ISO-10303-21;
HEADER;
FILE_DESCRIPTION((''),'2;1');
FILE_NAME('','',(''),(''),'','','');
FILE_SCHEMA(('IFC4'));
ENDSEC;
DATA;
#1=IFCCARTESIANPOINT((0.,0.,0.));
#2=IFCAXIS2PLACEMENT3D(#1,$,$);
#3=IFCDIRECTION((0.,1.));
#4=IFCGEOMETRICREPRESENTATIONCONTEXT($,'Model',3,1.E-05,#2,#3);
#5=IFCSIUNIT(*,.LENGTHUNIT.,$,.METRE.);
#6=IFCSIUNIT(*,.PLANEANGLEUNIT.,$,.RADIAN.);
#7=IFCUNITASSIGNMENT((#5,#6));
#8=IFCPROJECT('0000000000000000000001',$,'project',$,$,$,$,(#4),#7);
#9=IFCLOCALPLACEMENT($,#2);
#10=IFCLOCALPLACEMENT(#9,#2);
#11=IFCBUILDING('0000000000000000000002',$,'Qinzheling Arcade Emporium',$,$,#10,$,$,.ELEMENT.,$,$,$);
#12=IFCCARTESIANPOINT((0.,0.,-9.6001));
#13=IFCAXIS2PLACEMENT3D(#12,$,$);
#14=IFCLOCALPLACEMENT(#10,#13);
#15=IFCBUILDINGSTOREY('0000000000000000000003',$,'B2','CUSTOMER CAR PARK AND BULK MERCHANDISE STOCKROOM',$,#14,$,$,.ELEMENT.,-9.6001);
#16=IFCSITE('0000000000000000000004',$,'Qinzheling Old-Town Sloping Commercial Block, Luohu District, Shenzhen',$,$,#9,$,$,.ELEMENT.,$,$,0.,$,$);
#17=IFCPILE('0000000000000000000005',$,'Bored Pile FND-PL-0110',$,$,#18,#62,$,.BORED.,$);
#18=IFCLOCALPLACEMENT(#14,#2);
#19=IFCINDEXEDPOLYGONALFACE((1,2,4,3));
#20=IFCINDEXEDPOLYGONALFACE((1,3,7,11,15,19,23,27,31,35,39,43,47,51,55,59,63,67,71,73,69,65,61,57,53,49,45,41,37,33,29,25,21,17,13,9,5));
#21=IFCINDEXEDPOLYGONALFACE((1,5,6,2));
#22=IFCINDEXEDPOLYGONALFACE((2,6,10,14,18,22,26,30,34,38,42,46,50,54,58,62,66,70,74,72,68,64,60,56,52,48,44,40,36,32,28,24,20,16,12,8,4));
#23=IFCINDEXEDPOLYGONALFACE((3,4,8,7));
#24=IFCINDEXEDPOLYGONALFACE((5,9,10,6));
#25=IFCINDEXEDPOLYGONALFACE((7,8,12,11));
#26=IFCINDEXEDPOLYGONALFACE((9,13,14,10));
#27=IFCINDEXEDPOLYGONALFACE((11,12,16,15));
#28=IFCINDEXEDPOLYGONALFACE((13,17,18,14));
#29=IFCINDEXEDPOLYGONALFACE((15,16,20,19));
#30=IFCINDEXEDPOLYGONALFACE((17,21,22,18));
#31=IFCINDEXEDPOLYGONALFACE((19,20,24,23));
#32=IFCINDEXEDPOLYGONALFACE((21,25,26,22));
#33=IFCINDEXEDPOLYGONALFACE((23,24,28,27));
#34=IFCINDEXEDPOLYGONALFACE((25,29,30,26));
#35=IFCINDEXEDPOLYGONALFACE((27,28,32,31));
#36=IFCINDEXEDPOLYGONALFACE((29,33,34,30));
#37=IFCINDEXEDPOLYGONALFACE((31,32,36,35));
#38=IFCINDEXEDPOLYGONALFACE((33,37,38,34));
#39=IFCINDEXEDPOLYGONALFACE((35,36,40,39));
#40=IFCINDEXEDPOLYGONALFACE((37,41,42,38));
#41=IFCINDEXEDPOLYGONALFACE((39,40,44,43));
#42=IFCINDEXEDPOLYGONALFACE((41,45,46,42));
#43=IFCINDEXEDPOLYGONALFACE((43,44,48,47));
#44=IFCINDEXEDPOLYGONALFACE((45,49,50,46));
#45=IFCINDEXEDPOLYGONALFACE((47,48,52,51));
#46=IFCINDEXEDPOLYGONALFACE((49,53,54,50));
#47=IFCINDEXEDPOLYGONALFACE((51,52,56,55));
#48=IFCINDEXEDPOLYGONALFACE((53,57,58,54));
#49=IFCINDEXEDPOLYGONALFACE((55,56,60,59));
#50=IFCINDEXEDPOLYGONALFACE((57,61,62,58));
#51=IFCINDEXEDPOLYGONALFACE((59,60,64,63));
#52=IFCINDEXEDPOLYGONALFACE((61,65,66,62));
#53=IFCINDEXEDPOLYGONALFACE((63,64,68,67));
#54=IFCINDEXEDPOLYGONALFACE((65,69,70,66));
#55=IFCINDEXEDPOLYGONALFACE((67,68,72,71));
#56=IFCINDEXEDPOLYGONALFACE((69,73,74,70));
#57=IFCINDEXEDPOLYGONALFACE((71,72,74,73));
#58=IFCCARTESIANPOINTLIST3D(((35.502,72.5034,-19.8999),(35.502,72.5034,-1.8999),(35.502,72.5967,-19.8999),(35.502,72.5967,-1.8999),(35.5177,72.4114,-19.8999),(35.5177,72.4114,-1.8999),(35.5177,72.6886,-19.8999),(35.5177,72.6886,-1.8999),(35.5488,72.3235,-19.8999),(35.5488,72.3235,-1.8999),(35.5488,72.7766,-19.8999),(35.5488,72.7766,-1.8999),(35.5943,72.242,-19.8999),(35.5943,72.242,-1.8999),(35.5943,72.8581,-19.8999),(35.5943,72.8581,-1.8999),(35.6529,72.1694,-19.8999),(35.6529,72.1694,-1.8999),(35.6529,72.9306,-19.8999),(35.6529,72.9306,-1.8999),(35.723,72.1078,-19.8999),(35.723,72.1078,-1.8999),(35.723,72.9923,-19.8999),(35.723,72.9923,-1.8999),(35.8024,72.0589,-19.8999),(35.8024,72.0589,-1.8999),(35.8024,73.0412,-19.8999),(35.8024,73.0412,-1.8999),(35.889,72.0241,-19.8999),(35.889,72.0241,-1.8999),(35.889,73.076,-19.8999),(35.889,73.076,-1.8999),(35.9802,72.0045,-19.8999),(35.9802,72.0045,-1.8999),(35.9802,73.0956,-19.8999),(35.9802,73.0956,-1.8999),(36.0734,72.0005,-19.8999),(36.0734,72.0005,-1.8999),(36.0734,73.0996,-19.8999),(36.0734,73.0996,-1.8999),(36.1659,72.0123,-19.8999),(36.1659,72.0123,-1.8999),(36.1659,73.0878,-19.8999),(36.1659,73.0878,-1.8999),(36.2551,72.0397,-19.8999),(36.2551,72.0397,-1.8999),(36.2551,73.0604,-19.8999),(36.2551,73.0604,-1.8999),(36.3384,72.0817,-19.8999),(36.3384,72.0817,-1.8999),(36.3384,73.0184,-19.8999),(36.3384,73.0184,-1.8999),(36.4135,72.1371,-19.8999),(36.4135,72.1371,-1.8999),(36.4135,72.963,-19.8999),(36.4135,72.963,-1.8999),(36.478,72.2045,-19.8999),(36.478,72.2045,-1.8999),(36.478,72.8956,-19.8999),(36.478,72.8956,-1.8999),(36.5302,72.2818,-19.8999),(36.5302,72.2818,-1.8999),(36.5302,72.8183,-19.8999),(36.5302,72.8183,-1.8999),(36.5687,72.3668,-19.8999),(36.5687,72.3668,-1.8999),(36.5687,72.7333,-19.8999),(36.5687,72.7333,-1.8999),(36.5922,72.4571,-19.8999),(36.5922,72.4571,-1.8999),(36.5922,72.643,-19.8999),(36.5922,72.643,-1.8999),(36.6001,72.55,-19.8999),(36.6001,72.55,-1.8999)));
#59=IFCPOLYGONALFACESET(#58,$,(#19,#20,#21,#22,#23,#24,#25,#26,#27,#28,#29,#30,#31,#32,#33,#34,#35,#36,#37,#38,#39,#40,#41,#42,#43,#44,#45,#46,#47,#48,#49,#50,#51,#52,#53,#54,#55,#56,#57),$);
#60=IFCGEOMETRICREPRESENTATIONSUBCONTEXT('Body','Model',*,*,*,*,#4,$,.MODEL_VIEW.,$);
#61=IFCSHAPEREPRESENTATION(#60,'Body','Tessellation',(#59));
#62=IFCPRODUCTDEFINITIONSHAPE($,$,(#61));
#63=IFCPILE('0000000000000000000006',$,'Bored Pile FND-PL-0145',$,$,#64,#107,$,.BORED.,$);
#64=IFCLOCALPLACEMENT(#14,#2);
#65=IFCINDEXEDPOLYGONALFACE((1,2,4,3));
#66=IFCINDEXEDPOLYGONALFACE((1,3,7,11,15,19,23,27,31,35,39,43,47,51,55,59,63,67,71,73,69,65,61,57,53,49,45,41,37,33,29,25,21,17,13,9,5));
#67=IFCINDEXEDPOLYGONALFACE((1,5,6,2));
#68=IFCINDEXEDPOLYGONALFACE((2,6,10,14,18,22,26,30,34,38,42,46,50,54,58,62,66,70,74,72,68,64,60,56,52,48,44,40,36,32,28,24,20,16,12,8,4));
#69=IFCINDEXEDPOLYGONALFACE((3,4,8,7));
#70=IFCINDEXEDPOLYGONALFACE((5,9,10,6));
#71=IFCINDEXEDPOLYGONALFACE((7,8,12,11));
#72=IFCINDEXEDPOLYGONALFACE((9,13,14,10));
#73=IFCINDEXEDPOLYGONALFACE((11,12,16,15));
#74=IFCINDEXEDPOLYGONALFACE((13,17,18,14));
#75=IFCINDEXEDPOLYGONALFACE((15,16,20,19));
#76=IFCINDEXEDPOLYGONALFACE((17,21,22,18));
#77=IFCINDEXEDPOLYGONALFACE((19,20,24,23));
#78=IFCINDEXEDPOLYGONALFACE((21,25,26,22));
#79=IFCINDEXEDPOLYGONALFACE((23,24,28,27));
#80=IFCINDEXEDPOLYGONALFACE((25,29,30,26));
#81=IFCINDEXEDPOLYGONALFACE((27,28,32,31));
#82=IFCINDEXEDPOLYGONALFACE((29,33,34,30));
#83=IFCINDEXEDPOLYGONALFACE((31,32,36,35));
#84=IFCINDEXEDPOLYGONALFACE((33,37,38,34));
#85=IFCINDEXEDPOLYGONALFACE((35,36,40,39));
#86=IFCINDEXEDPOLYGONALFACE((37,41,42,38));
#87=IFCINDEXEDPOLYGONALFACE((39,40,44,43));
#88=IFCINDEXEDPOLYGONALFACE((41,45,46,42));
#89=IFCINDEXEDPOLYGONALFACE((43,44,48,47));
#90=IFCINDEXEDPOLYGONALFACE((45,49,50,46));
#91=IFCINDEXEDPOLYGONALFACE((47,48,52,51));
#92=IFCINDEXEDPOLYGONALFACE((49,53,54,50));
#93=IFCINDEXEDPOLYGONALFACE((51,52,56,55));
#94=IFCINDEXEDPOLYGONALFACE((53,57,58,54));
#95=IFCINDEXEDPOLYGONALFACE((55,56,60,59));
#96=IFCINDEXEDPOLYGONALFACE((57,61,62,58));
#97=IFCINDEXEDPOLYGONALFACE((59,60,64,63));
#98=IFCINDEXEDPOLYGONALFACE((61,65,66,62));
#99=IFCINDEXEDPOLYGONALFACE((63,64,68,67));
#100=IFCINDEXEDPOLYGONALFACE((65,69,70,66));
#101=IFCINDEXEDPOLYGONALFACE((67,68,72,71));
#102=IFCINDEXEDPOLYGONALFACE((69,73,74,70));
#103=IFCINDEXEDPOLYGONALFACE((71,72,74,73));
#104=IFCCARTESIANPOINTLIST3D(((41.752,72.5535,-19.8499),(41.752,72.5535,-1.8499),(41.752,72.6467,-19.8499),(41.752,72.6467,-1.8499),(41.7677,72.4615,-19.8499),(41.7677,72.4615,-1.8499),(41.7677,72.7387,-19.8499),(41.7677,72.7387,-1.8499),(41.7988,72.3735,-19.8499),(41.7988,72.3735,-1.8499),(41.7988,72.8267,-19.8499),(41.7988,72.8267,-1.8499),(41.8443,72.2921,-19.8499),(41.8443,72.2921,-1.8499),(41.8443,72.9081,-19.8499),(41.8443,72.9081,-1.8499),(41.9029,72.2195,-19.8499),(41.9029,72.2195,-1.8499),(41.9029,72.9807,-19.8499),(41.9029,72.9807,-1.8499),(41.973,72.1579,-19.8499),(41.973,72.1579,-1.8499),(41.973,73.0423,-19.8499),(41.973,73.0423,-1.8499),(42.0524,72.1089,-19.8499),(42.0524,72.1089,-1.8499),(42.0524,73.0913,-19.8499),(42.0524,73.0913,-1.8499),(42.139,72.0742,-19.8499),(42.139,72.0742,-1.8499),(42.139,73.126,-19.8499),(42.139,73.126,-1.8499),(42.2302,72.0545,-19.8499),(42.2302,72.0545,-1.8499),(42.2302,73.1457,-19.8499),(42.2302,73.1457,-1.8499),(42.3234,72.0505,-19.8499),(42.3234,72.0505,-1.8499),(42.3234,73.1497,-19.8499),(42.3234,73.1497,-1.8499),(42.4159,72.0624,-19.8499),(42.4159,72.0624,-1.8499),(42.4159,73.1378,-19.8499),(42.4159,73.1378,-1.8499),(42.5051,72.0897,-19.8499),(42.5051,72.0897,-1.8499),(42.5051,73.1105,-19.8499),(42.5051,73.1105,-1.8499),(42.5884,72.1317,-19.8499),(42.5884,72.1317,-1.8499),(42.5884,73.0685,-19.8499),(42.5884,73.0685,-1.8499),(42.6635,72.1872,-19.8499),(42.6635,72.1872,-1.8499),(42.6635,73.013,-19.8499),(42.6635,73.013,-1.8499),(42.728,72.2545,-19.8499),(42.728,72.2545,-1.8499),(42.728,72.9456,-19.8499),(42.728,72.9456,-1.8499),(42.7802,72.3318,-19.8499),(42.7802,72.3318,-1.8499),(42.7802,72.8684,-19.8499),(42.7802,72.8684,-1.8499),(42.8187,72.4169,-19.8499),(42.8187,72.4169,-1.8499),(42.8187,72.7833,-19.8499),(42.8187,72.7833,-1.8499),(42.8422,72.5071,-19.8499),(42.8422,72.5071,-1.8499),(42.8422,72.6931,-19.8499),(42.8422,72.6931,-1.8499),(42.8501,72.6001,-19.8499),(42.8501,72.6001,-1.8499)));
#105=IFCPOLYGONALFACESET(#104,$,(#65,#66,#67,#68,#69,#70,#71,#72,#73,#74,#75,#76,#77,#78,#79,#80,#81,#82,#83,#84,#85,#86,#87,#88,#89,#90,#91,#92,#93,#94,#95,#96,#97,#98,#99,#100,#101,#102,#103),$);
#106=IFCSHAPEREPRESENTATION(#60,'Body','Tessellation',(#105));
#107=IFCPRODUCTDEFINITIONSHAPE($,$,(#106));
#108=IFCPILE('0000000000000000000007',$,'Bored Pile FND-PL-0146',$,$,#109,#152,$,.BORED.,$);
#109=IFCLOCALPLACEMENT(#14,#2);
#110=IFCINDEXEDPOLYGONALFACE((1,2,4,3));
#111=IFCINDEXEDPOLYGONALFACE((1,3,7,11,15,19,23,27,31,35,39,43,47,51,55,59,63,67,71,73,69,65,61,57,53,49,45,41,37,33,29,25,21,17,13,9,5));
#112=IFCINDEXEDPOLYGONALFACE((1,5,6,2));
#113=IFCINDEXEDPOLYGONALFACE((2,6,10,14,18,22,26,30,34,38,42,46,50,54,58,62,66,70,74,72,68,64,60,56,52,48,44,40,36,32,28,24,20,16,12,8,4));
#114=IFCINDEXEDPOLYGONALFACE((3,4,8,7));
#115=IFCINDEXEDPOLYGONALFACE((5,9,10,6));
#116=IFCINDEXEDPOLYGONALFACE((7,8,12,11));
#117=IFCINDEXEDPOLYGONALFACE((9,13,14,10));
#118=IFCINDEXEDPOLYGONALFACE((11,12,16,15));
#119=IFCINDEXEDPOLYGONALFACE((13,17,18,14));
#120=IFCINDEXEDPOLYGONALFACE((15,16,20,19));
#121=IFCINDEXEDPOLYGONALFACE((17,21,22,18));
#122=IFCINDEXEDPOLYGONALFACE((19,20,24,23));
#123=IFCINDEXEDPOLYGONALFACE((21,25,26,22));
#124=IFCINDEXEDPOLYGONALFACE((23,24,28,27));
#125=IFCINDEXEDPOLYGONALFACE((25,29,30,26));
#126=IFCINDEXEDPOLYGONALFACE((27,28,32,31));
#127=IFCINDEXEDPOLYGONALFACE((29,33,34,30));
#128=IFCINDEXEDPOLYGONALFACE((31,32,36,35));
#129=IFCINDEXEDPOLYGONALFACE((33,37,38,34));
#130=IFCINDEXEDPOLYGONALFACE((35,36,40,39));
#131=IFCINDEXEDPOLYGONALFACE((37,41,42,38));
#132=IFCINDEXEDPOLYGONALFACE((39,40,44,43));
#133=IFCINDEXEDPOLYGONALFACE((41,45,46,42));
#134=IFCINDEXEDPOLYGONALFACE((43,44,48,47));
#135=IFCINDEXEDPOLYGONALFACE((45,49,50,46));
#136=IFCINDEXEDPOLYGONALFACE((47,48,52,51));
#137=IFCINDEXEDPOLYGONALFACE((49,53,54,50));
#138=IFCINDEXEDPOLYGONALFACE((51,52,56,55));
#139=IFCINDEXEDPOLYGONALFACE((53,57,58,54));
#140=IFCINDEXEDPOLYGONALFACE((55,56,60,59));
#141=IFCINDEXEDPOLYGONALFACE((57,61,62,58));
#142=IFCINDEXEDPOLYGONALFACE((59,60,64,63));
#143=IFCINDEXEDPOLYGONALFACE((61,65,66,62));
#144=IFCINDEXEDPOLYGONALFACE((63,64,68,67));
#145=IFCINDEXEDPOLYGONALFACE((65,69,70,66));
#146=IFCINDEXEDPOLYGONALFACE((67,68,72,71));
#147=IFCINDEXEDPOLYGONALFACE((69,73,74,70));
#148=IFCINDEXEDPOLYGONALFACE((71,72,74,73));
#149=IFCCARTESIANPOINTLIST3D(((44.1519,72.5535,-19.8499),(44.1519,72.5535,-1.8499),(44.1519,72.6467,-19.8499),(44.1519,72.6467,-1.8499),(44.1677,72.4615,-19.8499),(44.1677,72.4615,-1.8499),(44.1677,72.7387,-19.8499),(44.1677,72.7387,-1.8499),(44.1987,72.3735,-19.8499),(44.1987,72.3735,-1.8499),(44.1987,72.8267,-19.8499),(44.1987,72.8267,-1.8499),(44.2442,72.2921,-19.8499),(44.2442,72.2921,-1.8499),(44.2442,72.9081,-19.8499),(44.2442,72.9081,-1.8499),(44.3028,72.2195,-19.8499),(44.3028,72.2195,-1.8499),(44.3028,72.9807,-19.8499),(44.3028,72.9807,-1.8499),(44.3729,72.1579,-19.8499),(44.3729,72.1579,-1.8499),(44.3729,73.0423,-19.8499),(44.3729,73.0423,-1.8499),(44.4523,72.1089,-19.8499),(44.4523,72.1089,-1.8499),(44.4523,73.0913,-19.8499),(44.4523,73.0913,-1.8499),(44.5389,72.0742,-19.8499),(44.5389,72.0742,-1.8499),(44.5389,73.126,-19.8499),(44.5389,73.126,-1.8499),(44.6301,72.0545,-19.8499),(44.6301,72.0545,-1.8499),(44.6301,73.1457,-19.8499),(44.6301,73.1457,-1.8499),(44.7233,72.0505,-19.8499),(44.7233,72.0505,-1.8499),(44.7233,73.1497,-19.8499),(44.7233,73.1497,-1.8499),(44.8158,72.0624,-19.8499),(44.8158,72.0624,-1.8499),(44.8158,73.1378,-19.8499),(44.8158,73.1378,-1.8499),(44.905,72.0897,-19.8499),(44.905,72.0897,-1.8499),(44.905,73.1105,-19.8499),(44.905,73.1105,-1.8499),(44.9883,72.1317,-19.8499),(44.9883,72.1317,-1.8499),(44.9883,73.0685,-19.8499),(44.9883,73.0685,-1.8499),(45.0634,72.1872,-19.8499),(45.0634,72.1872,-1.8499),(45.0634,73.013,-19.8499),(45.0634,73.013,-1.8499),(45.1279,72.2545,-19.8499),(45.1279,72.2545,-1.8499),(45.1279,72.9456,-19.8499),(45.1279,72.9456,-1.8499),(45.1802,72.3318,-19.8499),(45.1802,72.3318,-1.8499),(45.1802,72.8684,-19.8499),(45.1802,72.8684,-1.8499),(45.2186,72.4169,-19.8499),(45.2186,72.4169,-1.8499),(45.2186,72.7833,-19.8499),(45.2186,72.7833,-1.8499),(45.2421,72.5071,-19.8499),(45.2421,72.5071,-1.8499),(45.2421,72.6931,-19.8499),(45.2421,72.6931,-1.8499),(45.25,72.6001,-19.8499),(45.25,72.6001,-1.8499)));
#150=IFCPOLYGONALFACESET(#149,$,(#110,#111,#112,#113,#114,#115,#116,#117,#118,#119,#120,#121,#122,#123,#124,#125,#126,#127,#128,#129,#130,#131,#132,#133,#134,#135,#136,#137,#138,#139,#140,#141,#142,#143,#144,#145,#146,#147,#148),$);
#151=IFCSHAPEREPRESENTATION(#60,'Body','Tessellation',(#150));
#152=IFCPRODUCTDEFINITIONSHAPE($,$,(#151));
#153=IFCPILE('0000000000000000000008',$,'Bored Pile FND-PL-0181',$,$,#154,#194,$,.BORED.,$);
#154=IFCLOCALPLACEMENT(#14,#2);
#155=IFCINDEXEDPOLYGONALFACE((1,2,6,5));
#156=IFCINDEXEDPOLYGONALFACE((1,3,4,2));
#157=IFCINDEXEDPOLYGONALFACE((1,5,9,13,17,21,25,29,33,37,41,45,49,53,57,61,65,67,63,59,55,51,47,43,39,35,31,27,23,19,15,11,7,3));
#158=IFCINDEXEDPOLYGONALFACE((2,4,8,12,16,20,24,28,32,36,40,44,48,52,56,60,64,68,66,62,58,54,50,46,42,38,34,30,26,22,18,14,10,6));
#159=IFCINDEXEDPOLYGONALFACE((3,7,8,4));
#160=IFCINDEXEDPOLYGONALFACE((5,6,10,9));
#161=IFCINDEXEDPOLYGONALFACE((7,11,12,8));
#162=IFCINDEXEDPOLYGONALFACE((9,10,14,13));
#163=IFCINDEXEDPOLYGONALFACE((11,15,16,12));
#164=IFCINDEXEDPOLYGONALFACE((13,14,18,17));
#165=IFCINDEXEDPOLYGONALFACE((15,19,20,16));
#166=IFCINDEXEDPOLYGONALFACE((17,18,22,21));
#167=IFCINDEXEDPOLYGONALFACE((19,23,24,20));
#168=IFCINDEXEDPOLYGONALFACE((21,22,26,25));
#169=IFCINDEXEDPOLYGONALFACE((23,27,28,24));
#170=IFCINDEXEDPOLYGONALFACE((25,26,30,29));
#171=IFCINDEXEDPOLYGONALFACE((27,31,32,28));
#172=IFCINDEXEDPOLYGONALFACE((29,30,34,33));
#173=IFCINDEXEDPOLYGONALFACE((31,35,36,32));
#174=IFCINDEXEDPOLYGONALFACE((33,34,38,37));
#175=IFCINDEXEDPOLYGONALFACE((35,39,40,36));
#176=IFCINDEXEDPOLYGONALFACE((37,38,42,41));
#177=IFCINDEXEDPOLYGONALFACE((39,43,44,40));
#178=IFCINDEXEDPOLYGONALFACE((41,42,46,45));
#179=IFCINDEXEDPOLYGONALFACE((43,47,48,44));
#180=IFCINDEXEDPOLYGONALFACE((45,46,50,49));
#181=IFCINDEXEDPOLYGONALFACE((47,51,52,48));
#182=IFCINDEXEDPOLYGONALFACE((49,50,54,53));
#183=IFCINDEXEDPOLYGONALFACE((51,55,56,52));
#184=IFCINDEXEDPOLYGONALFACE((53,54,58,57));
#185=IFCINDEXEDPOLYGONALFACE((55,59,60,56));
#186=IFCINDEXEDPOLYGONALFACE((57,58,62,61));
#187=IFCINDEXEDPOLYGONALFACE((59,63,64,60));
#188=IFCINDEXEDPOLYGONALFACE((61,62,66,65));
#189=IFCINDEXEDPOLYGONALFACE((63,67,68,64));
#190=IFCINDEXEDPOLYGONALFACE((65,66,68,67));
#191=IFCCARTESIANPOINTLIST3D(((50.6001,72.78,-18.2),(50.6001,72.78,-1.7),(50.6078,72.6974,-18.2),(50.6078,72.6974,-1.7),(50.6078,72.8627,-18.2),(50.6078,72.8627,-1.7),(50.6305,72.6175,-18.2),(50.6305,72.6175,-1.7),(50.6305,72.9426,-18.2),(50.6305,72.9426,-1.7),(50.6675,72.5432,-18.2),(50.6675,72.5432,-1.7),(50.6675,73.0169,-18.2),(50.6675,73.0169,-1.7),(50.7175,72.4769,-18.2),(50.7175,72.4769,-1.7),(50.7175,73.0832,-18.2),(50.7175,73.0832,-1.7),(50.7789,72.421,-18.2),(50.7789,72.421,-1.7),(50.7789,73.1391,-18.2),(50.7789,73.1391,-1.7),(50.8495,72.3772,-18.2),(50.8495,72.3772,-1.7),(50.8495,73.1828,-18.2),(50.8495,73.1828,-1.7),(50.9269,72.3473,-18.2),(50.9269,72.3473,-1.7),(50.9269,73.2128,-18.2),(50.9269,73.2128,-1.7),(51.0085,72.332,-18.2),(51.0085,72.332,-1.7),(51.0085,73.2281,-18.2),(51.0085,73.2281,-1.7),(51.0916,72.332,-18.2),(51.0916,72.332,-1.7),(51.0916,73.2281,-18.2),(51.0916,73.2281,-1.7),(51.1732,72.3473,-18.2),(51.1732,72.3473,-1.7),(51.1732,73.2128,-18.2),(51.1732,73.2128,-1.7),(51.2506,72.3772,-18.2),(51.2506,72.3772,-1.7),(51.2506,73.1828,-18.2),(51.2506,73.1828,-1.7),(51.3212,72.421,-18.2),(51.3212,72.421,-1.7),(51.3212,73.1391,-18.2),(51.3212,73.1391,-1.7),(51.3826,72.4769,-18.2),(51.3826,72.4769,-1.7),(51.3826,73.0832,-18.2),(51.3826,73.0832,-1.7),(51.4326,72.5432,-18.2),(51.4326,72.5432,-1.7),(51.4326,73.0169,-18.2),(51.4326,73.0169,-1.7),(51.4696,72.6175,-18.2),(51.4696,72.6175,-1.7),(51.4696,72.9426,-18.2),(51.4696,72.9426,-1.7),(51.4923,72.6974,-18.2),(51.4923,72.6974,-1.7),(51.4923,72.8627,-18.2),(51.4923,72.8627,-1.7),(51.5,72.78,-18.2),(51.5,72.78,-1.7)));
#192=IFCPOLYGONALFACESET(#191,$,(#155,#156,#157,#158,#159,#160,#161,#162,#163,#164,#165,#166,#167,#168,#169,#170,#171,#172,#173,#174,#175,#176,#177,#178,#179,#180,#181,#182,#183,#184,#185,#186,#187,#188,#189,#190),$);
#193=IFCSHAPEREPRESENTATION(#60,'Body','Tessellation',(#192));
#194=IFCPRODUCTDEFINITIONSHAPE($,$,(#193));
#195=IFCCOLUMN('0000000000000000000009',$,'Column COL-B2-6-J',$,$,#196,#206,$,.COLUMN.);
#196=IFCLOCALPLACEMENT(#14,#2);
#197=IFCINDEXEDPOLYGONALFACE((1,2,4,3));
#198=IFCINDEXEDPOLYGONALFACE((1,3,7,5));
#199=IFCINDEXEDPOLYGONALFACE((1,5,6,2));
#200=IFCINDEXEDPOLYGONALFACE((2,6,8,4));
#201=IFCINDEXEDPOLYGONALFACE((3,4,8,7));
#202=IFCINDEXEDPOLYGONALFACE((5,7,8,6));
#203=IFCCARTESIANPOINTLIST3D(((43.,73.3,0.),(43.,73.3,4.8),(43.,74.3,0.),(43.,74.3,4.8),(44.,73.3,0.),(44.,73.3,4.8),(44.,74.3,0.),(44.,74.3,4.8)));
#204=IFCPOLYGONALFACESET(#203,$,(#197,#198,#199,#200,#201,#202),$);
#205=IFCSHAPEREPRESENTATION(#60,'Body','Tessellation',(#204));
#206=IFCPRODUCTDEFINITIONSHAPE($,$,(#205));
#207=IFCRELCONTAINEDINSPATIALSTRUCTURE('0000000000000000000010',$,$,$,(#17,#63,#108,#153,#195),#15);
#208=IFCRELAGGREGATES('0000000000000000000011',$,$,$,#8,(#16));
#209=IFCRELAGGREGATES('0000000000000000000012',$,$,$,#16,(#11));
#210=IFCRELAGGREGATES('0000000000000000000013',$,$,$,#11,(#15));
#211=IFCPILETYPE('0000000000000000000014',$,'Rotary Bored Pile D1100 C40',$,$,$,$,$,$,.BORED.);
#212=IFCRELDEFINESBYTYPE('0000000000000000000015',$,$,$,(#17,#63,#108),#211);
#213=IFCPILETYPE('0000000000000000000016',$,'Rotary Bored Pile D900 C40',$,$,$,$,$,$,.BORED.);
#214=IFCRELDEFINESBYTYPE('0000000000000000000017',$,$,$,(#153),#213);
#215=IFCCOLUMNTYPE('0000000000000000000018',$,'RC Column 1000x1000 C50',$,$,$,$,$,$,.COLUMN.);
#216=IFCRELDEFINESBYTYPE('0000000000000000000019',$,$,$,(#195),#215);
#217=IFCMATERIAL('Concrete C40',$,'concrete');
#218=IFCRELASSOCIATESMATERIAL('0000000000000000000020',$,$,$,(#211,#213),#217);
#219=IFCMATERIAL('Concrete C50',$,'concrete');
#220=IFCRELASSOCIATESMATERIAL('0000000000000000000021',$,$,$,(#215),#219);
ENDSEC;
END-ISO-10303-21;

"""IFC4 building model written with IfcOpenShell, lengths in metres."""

from ifc_helpers import new_model, si_unit, direction, frame, origin, origin_2d, place, context, subcontext, project, spatial, rectangle, circle, extrude, material, material_profile, profile_set, type_object, element, save


model = new_model("IFC4")

# Units and contexts
model_context = context("Model", 3, precision=1e-05, world=origin(), true_north=direction((0.0, 1.0)))
body_context = subcontext(model_context, "Body", "Model", "MODEL_VIEW")
ifc_project = project(units=[si_unit("LENGTHUNIT", "METRE"), si_unit("PLANEANGLEUNIT", "RADIAN")], contexts=[model_context])

# Site, building, storey
site_placement = place(None, origin())
site = spatial("IfcSite", under=ifc_project, at=site_placement, Name="Qinzheling Old-Town Sloping Commercial Block, Luohu District, Shenzhen", CompositionType="ELEMENT", RefElevation=0.0)
building_placement = place(site_placement, origin())
building = spatial("IfcBuilding", under=site, at=building_placement, Name="Qinzheling Arcade Emporium", CompositionType="ELEMENT")
storey_placement = place(building_placement, frame((0.0, 0.0, -9.6001)))
storey = spatial("IfcBuildingStorey", under=building, at=storey_placement, Name="B2", Description="CUSTOMER CAR PARK AND BULK MERCHANDISE STOCKROOM", CompositionType="ELEMENT", Elevation=-9.6001)

# Shared definitions
ifc_material_1 = material(Name="Concrete C40", Category="concrete")

# Piles
ifc_material_profile_1 = material_profile(ifc_material_1, circle(Radius=0.55, at=origin_2d()), Name="BORED D1100", Category="concrete")
ifc_profile_set_1 = profile_set([ifc_material_profile_1], Name="Concrete C40")
pile_type_1 = type_object("IfcPileType", Name="Rotary Bored Pile D1100 C40", PredefinedType="BORED", material=ifc_profile_set_1)
for number, where, z_axis, x_axis, name in (
    (1, (36.05, 72.55, -1.8999), (0.0, 0.0, -1.0), (1.0, 0.0, 0.0), "Bored Pile FND-PL-0110"),
    (2, (42.3, 72.6001, -1.8499), (0.0, 0.0, -1.0), (1.0, 0.0, 0.0), "Bored Pile FND-PL-0145"),
    (3, (44.7, 72.6001, -1.8499), (0.0, 0.0, -1.0), (1.0, 0.0, 0.0), "Bored Pile FND-PL-0146"),
):
    element("IfcPile", number, at=place(storey_placement, frame(where, z_axis=z_axis, x_axis=x_axis)), inside=storey, type_object=pile_type_1, Name=name, PredefinedType="BORED", context=body_context, shape_type="SweptSolid", body=[
        extrude(circle(Radius=0.55, at=origin_2d()), origin(), (0.0, 0.0, 1.0), 18.0),
    ])
ifc_material_profile_2 = material_profile(ifc_material_1, circle(Radius=0.45, at=origin_2d()), Name="BORED D900", Category="concrete")
ifc_profile_set_2 = profile_set([ifc_material_profile_2], Name="Concrete C40")
pile_type_2 = type_object("IfcPileType", Name="Rotary Bored Pile D900 C40", PredefinedType="BORED", material=ifc_profile_set_2)
pile_placement = place(storey_placement, frame((51.05, 72.78, -1.7), z_axis=(0.0, 0.0, -1.0), x_axis=(1.0, 0.0, 0.0)))
element("IfcPile", 4, at=pile_placement, inside=storey, type_object=pile_type_2, Name="Bored Pile FND-PL-0181", PredefinedType="BORED", context=body_context, shape_type="SweptSolid", body=[
    extrude(circle(Radius=0.45, at=origin_2d()), origin(), (0.0, 0.0, 1.0), 16.5),
])

# Column
ifc_material_2 = material(Name="Concrete C50", Category="concrete")
ifc_material_profile_3 = material_profile(ifc_material_2, rectangle(XDim=1.0, YDim=1.0, at=origin_2d()), Name="RC 1000x1000", Category="concrete")
ifc_profile_set_3 = profile_set([ifc_material_profile_3], Name="Concrete C50")
column_type = type_object("IfcColumnType", Name="RC Column 1000x1000 C50", PredefinedType="COLUMN", material=ifc_profile_set_3)
for number, where, z_axis, x_axis, name in (
    (5, (43.5, 73.8, 0.0), (0.0, 0.0, 1.0), (1.0, 0.0, 0.0), "Column COL-B2-6-J"),
):
    element("IfcColumn", number, at=place(storey_placement, frame(where, z_axis=z_axis, x_axis=x_axis)), inside=storey, type_object=column_type, Name=name, PredefinedType="COLUMN", context=body_context, shape_type="SweptSolid", body=[
        extrude(rectangle(XDim=1.0, YDim=1.0, at=origin_2d()), origin(), (0.0, 0.0, 1.0), 4.8),
    ])

save(model, "model.ifc")
